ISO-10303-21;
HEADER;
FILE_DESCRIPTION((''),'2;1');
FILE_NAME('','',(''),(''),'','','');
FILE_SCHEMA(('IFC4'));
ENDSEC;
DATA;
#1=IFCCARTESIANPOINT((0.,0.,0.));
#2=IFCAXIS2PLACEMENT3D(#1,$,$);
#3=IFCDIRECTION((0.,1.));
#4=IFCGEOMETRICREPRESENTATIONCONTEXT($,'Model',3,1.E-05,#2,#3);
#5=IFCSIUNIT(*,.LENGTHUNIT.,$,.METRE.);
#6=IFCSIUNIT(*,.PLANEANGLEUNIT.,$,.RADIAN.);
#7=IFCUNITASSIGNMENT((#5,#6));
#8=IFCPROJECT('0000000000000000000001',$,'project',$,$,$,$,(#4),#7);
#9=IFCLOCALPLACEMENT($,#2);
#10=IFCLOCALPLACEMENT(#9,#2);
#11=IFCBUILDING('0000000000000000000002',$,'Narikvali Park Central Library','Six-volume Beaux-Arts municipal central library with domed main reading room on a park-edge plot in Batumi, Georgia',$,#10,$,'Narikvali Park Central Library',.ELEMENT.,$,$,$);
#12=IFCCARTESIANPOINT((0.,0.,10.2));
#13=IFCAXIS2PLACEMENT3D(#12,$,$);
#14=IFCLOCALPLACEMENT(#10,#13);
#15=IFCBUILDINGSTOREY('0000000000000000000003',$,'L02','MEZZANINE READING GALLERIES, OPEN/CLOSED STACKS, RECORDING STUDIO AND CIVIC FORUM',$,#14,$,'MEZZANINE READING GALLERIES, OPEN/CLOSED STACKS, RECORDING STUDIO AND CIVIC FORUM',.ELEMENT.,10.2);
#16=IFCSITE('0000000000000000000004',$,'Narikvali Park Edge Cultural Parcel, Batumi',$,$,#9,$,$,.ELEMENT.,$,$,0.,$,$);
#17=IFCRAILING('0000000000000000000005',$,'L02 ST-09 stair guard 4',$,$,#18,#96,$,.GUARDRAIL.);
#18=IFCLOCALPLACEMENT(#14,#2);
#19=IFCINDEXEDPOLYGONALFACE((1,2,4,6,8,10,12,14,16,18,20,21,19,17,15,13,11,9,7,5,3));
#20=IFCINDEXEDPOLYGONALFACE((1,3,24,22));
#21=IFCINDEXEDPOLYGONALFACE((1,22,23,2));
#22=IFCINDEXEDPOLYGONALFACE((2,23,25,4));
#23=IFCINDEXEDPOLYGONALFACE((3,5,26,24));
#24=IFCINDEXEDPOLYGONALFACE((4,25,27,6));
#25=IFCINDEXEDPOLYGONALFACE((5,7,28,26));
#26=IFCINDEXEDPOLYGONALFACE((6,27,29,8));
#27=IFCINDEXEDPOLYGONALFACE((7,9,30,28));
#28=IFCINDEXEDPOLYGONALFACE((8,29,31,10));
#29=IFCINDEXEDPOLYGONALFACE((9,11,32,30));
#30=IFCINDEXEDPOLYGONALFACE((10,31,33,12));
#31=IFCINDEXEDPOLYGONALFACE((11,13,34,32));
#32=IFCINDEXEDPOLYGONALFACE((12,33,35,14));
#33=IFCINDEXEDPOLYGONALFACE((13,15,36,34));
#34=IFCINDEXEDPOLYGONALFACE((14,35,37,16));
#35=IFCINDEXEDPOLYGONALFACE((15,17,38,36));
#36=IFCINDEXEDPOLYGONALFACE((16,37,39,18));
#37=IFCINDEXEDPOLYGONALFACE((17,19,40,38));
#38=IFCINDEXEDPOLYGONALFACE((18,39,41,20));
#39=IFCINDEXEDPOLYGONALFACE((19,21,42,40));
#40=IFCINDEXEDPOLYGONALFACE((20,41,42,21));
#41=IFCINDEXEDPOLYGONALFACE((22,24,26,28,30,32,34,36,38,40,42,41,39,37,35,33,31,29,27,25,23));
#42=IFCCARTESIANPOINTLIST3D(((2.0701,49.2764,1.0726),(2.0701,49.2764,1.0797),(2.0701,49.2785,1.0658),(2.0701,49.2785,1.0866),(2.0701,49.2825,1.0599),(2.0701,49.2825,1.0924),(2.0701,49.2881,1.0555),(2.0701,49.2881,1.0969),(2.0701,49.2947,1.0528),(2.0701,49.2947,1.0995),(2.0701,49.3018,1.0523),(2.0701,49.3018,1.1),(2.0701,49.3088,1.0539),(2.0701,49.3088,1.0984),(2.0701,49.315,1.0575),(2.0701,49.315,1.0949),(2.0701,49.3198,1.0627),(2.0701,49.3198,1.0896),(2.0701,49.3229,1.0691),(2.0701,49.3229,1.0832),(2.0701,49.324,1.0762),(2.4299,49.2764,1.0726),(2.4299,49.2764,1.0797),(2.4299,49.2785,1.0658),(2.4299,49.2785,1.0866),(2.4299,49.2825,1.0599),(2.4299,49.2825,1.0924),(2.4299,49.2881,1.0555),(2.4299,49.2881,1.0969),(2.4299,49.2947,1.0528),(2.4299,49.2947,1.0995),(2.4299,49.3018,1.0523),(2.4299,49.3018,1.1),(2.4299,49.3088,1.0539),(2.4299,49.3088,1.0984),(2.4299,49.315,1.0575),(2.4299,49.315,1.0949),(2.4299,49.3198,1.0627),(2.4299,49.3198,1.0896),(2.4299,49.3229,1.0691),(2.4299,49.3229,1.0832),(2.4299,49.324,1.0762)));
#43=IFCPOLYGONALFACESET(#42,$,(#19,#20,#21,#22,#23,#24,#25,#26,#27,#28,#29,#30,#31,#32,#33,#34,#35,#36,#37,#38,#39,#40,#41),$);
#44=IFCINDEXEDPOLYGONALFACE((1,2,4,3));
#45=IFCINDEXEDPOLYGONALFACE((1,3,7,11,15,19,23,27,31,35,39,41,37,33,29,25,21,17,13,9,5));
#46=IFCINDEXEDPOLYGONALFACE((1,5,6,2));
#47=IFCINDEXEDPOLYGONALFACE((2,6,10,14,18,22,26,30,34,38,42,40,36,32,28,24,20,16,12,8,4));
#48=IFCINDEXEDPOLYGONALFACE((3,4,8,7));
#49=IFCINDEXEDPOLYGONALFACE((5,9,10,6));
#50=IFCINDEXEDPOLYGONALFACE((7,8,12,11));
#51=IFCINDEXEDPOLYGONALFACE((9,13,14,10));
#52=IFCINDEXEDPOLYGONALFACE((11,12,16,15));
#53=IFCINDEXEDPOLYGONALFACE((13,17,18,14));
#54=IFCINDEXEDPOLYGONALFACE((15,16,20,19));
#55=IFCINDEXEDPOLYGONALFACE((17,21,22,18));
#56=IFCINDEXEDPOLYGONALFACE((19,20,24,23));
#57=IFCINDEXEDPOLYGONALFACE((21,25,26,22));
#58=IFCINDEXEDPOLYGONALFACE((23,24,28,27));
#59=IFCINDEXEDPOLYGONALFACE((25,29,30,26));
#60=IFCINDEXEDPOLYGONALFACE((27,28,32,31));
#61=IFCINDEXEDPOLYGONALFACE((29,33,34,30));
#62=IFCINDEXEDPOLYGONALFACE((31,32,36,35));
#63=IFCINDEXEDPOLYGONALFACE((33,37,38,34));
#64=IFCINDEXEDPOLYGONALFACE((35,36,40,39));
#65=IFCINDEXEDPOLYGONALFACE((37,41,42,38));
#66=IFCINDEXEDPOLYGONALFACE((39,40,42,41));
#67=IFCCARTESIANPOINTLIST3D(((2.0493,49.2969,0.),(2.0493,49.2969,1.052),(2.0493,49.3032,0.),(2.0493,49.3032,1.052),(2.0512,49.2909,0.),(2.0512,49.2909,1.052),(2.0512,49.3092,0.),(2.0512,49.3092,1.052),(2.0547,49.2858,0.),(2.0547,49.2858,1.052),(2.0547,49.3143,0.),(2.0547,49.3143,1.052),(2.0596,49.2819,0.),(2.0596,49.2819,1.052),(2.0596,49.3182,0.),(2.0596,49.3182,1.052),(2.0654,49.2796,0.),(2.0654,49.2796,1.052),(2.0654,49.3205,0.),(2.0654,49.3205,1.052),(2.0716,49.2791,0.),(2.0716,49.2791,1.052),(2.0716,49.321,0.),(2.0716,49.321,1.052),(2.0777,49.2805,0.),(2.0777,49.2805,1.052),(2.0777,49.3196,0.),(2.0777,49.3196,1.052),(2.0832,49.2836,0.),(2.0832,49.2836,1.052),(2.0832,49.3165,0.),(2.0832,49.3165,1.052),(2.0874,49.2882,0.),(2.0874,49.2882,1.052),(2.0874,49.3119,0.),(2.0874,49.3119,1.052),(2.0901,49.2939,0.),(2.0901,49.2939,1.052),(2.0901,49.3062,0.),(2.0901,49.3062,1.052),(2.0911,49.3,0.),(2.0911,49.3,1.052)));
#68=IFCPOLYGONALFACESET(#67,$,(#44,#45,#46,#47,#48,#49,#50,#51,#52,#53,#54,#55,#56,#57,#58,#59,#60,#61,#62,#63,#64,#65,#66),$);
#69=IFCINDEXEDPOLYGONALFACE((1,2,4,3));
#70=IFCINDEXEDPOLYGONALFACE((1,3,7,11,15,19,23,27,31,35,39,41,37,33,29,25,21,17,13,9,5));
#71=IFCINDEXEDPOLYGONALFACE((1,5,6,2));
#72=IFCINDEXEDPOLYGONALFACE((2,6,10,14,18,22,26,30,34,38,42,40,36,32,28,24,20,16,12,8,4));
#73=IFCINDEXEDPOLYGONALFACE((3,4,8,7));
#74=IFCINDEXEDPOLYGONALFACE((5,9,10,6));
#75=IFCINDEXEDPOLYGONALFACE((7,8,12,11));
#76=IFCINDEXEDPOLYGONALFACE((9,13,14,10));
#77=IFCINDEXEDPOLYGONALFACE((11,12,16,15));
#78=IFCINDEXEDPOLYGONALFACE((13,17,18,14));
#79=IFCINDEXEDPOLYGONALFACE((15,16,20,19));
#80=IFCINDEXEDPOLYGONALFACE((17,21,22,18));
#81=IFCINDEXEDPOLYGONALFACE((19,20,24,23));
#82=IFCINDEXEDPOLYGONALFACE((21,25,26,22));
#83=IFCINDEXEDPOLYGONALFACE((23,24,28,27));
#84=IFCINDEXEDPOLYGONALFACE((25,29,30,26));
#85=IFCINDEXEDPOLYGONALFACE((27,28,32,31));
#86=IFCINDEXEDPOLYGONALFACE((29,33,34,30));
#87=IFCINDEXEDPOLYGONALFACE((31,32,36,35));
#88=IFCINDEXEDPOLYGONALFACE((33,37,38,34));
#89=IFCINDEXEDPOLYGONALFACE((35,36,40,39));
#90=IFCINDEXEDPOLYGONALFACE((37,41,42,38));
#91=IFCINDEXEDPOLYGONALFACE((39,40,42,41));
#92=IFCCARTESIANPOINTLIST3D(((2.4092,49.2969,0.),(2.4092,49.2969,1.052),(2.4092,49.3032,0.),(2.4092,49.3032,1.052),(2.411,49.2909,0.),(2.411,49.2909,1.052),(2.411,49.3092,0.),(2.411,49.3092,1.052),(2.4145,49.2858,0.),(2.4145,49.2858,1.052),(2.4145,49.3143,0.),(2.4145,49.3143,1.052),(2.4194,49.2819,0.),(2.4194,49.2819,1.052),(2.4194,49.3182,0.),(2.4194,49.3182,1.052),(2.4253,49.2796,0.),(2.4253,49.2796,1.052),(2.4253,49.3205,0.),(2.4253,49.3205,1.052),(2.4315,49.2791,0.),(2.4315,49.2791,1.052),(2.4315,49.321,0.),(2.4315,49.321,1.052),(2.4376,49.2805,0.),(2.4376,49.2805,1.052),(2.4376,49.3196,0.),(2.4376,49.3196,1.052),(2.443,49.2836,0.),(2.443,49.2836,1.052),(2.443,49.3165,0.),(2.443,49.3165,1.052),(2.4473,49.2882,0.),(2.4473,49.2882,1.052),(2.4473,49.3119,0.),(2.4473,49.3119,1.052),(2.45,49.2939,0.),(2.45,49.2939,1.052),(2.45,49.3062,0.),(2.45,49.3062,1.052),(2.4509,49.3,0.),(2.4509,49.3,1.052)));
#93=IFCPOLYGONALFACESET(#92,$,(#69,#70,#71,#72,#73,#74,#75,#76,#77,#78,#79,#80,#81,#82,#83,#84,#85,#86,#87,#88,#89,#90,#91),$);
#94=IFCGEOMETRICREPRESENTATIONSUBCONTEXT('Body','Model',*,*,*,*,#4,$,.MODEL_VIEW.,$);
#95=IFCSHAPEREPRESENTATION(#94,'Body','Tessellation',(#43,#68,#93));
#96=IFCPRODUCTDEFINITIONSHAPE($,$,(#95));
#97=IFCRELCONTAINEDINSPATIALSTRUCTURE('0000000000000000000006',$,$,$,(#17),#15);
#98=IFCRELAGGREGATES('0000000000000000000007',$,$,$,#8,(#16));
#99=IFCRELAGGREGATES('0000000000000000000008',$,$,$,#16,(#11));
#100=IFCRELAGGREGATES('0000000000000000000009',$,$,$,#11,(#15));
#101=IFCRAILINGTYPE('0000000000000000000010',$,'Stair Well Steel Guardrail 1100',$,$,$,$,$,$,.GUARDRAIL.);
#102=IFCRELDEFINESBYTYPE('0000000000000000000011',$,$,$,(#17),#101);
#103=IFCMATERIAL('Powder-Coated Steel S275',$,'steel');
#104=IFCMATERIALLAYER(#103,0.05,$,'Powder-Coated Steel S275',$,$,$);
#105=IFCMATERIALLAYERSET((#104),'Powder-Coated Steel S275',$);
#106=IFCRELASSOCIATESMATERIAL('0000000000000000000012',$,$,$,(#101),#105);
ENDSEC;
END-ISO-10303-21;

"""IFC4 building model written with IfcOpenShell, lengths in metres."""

from ifc_helpers import new_model, si_unit, direction, frame, origin, origin_2d, place, context, subcontext, project, spatial, circle, extrude, material, layer, layer_set, type_object, element, save


model = new_model("IFC4")

# Units and contexts
model_context = context("Model", 3, precision=1e-05, world=origin(), true_north=direction((0.0, 1.0)))
body_context = subcontext(model_context, "Body", "Model", "MODEL_VIEW")
ifc_project = project(units=[si_unit("LENGTHUNIT", "METRE"), si_unit("PLANEANGLEUNIT", "RADIAN")], contexts=[model_context])

# Site, building, storey
site_placement = place(None, origin())
site = spatial("IfcSite", under=ifc_project, at=site_placement, Name="Narikvali Park Edge Cultural Parcel, Batumi", CompositionType="ELEMENT", RefElevation=0.0)
building_placement = place(site_placement, origin())
building = spatial("IfcBuilding", under=site, at=building_placement, Name="Narikvali Park Central Library", Description="Six-volume Beaux-Arts municipal central library with domed main reading room on a park-edge plot in Batumi, Georgia", LongName="Narikvali Park Central Library", CompositionType="ELEMENT")
storey_placement = place(building_placement, frame((0.0, 0.0, 10.2)))
storey = spatial("IfcBuildingStorey", under=building, at=storey_placement, Name="L02", Description="MEZZANINE READING GALLERIES, OPEN/CLOSED STACKS, RECORDING STUDIO AND CIVIC FORUM", LongName="MEZZANINE READING GALLERIES, OPEN/CLOSED STACKS, RECORDING STUDIO AND CIVIC FORUM", CompositionType="ELEMENT", Elevation=10.2)

# Railing
ifc_material_1 = material(Name="Powder-Coated Steel S275", Category="steel")
ifc_layer_1 = layer(ifc_material_1, 0.05, Name="Powder-Coated Steel S275")
ifc_layer_set_1 = layer_set([ifc_layer_1], Name="Powder-Coated Steel S275")
railing_type_1 = type_object("IfcRailingType", Name="Stair Well Steel Guardrail 1100", PredefinedType="GUARDRAIL", material=ifc_layer_set_1)
railing_1_placement = place(storey_placement, frame((2.0701, 49.3, 0.0)))
element("IfcRailing", 1, at=railing_1_placement, inside=storey, type_object=railing_type_1, Name="L02 ST-09 stair guard 4", PredefinedType="GUARDRAIL", context=body_context, shape_type="SweptSolid", body=[
    extrude(circle(Radius=0.0239, at=origin_2d()), frame((0.0, 0.0, 1.0762), z_axis=(1.0, 0.0, 0.0), x_axis=(0.0, 1.0, 0.0)), (0.0, 0.0, 1.0), 0.3599),
    extrude(circle(Radius=0.021, at=origin_2d()), origin(), (0.0, 0.0, 1.0), 1.052),
    extrude(circle(Radius=0.021, at=origin_2d()), frame((0.3599, 0.0, 0.0)), (0.0, 0.0, 1.0), 1.052),
])

save(model, "model.ifc")
